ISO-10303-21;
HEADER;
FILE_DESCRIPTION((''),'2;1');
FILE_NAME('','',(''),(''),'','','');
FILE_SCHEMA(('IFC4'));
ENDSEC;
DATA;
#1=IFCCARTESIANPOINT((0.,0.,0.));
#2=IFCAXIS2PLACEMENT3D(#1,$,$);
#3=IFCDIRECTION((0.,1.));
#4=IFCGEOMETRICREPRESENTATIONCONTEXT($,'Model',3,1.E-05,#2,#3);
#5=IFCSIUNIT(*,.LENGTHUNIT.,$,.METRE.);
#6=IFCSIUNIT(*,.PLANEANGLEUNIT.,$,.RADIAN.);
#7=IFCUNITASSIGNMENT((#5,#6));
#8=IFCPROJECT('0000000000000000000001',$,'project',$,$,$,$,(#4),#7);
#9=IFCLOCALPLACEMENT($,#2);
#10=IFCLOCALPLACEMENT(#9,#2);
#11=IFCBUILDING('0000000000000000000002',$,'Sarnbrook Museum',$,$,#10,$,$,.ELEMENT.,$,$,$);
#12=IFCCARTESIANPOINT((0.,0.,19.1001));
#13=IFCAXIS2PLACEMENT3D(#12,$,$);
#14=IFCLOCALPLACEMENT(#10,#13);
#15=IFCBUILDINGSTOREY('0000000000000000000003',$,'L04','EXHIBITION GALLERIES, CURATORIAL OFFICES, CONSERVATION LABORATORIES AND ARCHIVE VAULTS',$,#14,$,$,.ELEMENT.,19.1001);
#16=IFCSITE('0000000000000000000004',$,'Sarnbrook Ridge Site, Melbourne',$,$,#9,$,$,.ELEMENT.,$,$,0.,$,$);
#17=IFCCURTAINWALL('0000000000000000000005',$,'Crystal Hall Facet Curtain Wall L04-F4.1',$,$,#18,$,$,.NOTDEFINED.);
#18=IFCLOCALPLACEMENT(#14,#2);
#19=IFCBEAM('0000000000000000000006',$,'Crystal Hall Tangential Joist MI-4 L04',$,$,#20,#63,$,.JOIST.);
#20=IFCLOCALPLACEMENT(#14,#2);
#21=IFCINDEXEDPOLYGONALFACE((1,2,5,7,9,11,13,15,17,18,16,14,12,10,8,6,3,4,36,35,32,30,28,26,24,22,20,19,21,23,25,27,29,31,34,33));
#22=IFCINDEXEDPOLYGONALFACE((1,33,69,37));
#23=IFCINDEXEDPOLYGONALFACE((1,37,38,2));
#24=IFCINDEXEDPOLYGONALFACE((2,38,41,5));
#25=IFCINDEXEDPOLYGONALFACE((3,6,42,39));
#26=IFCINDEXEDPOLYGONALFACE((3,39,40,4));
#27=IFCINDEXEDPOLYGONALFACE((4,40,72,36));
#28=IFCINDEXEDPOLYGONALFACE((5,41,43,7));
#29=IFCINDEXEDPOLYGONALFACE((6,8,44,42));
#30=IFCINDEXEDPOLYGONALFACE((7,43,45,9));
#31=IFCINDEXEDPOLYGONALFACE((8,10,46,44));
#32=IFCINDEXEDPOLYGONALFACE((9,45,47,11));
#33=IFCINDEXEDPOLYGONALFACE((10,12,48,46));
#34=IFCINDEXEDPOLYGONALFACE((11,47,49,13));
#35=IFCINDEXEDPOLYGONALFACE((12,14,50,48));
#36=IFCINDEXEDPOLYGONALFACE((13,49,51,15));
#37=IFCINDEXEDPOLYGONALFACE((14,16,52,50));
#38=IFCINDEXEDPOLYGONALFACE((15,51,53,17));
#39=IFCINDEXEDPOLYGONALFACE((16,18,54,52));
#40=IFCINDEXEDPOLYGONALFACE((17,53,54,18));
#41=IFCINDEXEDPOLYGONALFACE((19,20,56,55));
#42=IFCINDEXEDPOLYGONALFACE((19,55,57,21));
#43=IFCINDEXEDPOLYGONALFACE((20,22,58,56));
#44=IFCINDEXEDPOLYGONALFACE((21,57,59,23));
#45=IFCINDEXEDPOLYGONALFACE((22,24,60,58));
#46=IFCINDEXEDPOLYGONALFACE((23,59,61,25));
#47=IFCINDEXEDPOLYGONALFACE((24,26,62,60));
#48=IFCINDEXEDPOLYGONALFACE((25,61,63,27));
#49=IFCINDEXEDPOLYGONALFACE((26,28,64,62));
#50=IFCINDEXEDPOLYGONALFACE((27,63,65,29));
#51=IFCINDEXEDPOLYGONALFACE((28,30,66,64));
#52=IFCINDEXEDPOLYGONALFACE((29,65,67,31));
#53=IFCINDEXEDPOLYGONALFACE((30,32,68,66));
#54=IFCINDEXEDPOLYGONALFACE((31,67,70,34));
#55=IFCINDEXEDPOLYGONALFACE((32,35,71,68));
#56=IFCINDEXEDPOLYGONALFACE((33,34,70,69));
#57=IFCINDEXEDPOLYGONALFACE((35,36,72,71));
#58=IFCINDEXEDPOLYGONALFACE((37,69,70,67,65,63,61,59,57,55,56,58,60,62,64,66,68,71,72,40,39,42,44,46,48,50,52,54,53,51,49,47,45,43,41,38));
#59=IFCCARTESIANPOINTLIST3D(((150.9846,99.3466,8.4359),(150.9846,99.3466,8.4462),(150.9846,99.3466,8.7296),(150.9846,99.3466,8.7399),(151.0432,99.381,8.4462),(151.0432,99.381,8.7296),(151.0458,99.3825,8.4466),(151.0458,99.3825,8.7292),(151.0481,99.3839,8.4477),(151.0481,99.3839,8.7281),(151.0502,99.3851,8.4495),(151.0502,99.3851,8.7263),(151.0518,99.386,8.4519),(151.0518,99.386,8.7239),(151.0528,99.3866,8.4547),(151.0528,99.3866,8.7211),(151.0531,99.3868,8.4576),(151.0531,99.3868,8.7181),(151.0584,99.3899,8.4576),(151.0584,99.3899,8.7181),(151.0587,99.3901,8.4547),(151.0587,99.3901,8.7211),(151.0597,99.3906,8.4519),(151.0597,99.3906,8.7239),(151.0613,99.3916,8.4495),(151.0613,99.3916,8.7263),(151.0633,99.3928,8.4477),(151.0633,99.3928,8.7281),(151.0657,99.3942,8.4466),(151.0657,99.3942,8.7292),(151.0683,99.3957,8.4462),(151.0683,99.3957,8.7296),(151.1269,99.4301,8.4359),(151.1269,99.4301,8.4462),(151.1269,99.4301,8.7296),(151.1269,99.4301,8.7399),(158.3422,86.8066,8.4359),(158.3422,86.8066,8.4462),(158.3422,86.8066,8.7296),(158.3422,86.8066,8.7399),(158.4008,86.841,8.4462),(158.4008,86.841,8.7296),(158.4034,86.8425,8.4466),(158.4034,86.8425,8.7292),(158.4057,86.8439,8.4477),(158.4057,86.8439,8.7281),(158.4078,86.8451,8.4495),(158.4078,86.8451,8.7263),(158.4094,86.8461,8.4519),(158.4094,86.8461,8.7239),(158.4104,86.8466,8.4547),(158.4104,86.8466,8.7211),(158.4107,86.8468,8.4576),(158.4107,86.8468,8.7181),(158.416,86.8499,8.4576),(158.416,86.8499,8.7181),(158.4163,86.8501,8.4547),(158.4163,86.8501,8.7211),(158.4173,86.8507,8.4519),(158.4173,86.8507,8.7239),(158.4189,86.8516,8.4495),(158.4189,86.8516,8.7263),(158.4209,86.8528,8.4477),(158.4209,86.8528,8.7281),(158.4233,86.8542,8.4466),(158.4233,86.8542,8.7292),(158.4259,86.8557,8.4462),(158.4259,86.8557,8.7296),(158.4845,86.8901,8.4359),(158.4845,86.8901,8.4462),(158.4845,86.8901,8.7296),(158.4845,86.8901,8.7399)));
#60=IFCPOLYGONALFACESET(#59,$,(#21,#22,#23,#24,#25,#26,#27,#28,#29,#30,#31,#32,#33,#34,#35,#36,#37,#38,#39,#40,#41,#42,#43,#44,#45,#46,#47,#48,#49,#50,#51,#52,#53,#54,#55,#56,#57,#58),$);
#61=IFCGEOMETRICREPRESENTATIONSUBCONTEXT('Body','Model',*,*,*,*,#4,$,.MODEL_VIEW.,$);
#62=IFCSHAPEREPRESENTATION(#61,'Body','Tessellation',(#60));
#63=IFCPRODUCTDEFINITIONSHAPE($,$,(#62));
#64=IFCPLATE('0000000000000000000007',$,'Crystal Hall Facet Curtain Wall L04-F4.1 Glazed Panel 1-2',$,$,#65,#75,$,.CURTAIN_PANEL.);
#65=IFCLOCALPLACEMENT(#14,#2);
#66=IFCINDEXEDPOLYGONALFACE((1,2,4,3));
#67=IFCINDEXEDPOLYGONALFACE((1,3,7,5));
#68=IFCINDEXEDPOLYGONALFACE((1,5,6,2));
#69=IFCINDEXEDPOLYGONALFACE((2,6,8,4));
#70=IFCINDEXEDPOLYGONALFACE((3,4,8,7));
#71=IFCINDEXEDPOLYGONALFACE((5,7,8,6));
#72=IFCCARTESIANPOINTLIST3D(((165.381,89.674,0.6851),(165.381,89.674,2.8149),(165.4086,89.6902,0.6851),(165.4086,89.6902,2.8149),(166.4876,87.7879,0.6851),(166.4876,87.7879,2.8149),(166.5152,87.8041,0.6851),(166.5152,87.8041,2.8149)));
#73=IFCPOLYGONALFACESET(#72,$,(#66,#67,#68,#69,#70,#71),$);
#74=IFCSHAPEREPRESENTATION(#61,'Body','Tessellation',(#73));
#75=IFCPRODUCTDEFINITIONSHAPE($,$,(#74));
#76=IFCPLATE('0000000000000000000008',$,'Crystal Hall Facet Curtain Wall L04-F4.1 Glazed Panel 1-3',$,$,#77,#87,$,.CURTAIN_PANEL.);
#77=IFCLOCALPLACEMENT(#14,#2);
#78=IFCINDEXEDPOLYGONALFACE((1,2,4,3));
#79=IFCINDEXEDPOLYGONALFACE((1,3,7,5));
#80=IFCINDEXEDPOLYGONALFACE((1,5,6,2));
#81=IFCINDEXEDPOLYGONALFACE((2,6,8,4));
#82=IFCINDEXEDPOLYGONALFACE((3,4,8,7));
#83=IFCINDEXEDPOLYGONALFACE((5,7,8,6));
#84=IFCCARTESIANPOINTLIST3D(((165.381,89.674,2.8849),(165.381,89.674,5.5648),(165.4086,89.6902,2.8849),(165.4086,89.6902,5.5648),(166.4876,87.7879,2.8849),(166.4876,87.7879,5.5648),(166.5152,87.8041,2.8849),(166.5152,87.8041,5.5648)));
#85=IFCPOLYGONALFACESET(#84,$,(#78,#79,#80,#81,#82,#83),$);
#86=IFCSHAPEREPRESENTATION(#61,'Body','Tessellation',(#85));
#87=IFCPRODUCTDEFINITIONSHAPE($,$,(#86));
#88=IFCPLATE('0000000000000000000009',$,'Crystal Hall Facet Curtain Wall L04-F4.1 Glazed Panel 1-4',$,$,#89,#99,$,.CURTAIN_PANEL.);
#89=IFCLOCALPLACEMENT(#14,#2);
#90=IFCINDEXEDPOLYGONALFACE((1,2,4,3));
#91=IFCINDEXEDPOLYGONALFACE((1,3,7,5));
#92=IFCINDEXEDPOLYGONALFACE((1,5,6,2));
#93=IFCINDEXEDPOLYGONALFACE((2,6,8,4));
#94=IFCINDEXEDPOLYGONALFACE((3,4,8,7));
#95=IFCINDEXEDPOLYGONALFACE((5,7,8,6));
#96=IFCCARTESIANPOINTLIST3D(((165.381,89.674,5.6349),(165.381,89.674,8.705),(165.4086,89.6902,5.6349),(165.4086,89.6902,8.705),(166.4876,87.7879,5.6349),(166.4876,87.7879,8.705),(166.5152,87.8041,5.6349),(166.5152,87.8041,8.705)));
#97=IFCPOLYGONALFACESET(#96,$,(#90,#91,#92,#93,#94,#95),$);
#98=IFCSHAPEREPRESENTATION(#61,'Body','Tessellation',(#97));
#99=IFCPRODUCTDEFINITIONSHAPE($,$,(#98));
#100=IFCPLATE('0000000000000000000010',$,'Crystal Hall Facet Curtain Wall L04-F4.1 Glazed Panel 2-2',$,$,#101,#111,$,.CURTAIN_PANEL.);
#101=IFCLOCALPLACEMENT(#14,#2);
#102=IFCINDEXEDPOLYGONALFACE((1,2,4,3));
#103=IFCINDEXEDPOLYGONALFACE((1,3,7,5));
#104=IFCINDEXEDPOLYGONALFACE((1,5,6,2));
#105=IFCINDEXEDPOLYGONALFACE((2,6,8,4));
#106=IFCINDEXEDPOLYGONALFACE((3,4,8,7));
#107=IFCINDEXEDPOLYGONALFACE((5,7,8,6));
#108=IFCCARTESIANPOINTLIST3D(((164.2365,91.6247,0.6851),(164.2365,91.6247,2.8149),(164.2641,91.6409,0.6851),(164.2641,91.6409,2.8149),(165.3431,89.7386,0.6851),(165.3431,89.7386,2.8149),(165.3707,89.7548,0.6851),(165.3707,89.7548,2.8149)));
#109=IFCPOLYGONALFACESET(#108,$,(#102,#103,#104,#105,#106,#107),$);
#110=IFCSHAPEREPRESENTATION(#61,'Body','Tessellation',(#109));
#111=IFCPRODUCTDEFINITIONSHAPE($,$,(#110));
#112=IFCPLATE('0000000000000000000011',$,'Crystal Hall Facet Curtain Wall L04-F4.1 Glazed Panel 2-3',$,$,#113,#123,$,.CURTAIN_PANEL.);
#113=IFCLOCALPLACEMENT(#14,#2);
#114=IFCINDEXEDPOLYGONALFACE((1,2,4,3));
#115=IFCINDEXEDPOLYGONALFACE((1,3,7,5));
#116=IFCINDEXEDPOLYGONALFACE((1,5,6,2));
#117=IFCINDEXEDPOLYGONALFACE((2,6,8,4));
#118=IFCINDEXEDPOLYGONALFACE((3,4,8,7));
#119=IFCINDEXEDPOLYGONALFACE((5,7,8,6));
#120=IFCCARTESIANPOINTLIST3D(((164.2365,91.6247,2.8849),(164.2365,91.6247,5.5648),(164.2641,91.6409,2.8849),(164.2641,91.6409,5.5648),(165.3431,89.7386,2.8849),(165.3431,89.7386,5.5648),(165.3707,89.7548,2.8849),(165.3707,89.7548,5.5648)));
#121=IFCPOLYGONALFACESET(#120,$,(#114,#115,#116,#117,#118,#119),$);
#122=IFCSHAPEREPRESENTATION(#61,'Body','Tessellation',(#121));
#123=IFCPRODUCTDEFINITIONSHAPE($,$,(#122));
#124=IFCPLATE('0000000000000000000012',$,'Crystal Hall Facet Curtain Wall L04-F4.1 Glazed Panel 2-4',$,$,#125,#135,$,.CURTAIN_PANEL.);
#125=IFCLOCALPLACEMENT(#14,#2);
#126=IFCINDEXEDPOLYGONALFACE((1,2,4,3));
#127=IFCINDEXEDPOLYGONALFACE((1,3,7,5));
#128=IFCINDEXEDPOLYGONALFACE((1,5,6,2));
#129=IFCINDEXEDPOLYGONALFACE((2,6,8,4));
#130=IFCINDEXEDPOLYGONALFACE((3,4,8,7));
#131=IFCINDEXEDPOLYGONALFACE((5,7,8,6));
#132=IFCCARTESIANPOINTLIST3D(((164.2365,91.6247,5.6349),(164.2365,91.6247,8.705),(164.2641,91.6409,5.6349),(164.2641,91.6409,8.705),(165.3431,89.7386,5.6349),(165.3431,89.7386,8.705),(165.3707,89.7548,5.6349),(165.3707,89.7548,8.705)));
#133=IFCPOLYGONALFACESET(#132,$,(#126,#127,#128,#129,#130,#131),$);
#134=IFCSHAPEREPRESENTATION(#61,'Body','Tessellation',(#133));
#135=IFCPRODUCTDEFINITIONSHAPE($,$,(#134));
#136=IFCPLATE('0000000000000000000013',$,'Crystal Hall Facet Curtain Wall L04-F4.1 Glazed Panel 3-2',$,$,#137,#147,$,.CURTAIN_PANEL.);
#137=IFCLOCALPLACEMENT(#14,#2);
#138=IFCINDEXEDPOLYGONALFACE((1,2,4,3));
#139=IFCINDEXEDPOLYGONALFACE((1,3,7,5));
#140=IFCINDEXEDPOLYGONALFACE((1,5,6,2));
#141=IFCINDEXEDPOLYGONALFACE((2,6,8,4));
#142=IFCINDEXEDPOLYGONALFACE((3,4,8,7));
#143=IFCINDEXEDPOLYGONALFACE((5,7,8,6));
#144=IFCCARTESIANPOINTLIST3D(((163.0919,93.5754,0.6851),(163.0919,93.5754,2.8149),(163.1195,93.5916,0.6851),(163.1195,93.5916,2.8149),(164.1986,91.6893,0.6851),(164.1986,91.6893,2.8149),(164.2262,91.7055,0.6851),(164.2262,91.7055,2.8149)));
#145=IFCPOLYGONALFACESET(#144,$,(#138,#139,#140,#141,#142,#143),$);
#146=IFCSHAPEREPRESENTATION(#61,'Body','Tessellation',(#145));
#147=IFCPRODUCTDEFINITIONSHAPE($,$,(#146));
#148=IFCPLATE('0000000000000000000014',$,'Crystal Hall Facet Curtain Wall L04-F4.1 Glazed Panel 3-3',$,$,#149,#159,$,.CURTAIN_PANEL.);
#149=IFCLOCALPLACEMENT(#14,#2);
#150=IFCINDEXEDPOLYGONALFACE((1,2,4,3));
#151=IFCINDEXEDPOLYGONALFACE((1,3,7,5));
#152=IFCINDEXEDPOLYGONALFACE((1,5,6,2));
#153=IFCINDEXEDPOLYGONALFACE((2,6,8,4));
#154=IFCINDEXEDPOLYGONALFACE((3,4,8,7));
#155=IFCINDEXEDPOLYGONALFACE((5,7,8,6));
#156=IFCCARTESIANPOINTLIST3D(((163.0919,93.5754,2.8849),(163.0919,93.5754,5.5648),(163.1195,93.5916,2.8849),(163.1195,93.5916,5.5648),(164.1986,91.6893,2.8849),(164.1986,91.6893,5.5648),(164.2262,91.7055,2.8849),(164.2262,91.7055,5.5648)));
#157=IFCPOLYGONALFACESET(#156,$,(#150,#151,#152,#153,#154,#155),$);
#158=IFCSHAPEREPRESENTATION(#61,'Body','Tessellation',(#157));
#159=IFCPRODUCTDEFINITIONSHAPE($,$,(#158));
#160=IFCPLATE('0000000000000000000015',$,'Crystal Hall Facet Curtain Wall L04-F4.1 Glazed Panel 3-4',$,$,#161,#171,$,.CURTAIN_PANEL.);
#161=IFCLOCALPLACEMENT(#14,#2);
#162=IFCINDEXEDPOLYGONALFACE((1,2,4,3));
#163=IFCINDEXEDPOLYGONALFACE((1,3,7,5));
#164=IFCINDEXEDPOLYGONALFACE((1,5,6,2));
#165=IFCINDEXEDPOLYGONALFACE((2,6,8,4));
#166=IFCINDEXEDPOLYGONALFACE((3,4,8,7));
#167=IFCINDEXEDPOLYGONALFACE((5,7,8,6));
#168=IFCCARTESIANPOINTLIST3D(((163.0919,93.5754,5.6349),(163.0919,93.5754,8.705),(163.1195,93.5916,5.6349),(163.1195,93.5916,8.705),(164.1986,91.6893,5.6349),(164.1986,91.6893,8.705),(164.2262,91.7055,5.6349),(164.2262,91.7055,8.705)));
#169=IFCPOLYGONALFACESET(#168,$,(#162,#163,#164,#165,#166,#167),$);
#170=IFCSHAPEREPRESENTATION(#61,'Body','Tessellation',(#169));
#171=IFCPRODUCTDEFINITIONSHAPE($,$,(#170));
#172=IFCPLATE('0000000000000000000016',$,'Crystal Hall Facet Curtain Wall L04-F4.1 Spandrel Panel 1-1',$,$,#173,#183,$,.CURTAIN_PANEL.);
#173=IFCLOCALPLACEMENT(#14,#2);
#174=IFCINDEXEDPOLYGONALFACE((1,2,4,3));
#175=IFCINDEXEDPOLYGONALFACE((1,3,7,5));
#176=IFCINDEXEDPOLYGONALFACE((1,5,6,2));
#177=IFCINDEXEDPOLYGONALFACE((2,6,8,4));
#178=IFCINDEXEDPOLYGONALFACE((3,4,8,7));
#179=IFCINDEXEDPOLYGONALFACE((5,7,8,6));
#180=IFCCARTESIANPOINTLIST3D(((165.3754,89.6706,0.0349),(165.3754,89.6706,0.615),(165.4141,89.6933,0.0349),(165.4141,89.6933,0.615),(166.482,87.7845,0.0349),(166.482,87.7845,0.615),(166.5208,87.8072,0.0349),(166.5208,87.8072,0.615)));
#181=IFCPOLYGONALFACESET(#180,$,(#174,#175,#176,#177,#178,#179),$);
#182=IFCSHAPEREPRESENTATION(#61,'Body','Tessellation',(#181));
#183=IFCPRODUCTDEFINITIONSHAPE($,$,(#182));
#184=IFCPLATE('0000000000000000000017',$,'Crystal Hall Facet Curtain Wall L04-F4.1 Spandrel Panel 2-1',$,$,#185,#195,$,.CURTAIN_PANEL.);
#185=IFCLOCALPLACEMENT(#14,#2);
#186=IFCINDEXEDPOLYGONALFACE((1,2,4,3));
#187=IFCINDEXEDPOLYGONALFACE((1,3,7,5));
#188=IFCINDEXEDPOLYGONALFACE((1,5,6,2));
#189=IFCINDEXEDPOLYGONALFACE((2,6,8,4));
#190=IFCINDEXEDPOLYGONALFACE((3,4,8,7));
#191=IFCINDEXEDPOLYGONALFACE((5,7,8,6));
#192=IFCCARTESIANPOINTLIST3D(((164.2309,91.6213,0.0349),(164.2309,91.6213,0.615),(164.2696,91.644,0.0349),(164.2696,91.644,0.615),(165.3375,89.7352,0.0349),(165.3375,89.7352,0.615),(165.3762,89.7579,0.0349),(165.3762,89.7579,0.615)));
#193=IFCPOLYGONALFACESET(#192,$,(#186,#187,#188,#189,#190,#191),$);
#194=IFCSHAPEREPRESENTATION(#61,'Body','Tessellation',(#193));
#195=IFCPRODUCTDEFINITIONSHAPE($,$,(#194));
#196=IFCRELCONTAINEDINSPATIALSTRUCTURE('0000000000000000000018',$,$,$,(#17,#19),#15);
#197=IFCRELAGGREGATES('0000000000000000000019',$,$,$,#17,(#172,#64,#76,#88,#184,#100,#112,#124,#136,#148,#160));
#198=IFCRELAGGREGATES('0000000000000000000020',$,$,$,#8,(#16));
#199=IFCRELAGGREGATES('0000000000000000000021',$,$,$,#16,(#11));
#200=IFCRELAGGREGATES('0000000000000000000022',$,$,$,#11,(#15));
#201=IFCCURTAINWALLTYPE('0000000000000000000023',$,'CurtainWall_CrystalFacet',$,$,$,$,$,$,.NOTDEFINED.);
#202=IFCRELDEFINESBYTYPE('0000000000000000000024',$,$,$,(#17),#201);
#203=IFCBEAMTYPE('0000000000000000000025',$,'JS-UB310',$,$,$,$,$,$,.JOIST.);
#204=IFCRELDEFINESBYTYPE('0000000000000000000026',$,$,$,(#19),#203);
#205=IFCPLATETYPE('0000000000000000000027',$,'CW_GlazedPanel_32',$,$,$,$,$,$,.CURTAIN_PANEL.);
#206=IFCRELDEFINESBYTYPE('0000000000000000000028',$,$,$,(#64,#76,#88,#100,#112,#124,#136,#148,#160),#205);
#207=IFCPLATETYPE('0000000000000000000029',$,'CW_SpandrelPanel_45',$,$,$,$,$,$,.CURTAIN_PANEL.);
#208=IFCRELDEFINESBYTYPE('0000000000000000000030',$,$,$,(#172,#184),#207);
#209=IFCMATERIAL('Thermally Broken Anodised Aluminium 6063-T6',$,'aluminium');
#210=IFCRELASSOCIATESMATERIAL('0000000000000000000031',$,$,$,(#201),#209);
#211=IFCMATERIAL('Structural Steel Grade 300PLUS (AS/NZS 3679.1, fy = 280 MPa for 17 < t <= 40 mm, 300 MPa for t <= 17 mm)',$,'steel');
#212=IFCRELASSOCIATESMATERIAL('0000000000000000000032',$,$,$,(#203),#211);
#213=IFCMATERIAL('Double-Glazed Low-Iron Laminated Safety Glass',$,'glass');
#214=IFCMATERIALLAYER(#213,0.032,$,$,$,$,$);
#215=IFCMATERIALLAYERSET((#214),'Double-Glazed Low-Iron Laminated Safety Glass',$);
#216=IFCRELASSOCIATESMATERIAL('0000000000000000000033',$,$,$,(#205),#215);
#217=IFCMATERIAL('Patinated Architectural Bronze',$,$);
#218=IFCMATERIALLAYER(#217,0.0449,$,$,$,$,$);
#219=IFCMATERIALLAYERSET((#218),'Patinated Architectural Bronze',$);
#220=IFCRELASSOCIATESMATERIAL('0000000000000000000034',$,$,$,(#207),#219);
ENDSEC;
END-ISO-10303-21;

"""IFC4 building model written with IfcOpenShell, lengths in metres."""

from ifc_helpers import new_model, si_unit, direction, frame, origin, origin_2d, place, context, subcontext, project, spatial, rectangle, i_section, extrude, material, layer, layer_set, material_profile, profile_set, type_object, element, aggregate, save


model = new_model("IFC4")

# Units and contexts
model_context = context("Model", 3, precision=1e-05, world=origin(), true_north=direction((0.0, 1.0)))
body_context = subcontext(model_context, "Body", "Model", "MODEL_VIEW")
ifc_project = project(units=[si_unit("LENGTHUNIT", "METRE"), si_unit("PLANEANGLEUNIT", "RADIAN")], contexts=[model_context])

# Site, building, storey
site_placement = place(None, origin())
site = spatial("IfcSite", under=ifc_project, at=site_placement, Name="Sarnbrook Ridge Site, Melbourne", CompositionType="ELEMENT", RefElevation=0.0)
building_placement = place(site_placement, origin())
building = spatial("IfcBuilding", under=site, at=building_placement, Name="Sarnbrook Museum", CompositionType="ELEMENT")
storey_placement = place(building_placement, frame((0.0, 0.0, 19.1001)))
storey = spatial("IfcBuildingStorey", under=building, at=storey_placement, Name="L04", Description="EXHIBITION GALLERIES, CURATORIAL OFFICES, CONSERVATION LABORATORIES AND ARCHIVE VAULTS", CompositionType="ELEMENT", Elevation=19.1001)

# Shared definitions
ifc_material_1 = material(Name="Thermally Broken Anodised Aluminium 6063-T6", Category="aluminium")
curtain_wall_type = type_object("IfcCurtainWallType", Name="CurtainWall_CrystalFacet", PredefinedType="NOTDEFINED", material=ifc_material_1)

# Curtain wall
curtain_wall_1_placement = place(storey_placement, origin())
curtain_wall_1 = element("IfcCurtainWall", 1, at=curtain_wall_1_placement, inside=storey, type_object=curtain_wall_type, Name="Crystal Hall Facet Curtain Wall L04-F4.1", PredefinedType="NOTDEFINED")

# Beam
ifc_material_2 = material(Name="Structural Steel Grade 300PLUS (AS/NZS 3679.1, fy = 280 MPa for 17 < t <= 40 mm, 300 MPa for t <= 17 mm)", Category="steel")
ifc_material_profile_1 = material_profile(ifc_material_2, i_section(OverallWidth=0.165, OverallDepth=0.304, WebThickness=0.0061, FlangeThickness=0.0103, FilletRadius=0.0115, at=origin_2d()), Name="310UB40.4")
ifc_profile_set_1 = profile_set([ifc_material_profile_1], Name="Structural Steel Grade 300PLUS (AS/NZS 3679.1, fy = 280 MPa for 17 < t <= 40 mm, 300 MPa for t <= 17 mm)")
beam_type_1 = type_object("IfcBeamType", Name="JS-UB310", PredefinedType="JOIST", material=ifc_profile_set_1)
beam_1_placement = place(storey_placement, frame((158.4133, 86.8484, 8.5879), z_axis=(-0.506058, 0.8625, 0.0), x_axis=(-0.8625, -0.506058, 0.0)))
element("IfcBeam", 2, at=beam_1_placement, inside=storey, type_object=beam_type_1, Name="Crystal Hall Tangential Joist MI-4 L04", PredefinedType="JOIST", context=body_context, shape_type="SweptSolid", body=[
    extrude(i_section(OverallWidth=0.165, OverallDepth=0.304, WebThickness=0.0061, FlangeThickness=0.0103, FilletRadius=0.0115, at=origin_2d()), origin(), (0.0, 0.0, 1.0), 14.5391),
])

# Plates
ifc_material_3 = material(Name="Double-Glazed Low-Iron Laminated Safety Glass", Category="glass")
ifc_layer_1 = layer(ifc_material_3, 0.032)
ifc_layer_set_1 = layer_set([ifc_layer_1], Name="Double-Glazed Low-Iron Laminated Safety Glass")
plate_type_1 = type_object("IfcPlateType", Name="CW_GlazedPanel_32", PredefinedType="CURTAIN_PANEL", material=ifc_layer_set_1)
plate_1_placement = place(storey_placement, frame((165.9343, 88.731, 1.75), z_axis=(0.862499, 0.506058, 0.0), x_axis=(-0.506058, 0.862499, 0.0)))
plate_1 = element("IfcPlate", 3, at=plate_1_placement, type_object=plate_type_1, Name="Crystal Hall Facet Curtain Wall L04-F4.1 Glazed Panel 1-2", PredefinedType="CURTAIN_PANEL", context=body_context, shape_type="SweptSolid", body=[
    extrude(rectangle(XDim=2.1868, YDim=2.1299, at=origin_2d()), origin(), (0.0, 0.0, 1.0), 0.032),
])
plate_2_placement = place(storey_placement, frame((165.9343, 88.731, 4.2249), z_axis=(0.862499, 0.506058, 0.0), x_axis=(-0.506058, 0.862499, 0.0)))
plate_2 = element("IfcPlate", 4, at=plate_2_placement, type_object=plate_type_1, Name="Crystal Hall Facet Curtain Wall L04-F4.1 Glazed Panel 1-3", PredefinedType="CURTAIN_PANEL", context=body_context, shape_type="SweptSolid", body=[
    extrude(rectangle(XDim=2.1868, YDim=2.6799, at=origin_2d()), origin(), (0.0, 0.0, 1.0), 0.032),
])
plate_3_placement = place(storey_placement, frame((165.9343, 88.731, 7.1699), z_axis=(0.862499, 0.506058, 0.0), x_axis=(-0.506058, 0.862499, 0.0)))
plate_3 = element("IfcPlate", 5, at=plate_3_placement, type_object=plate_type_1, Name="Crystal Hall Facet Curtain Wall L04-F4.1 Glazed Panel 1-4", PredefinedType="CURTAIN_PANEL", context=body_context, shape_type="SweptSolid", body=[
    extrude(rectangle(XDim=2.1868, YDim=3.0701, at=origin_2d()), origin(), (0.0, 0.0, 1.0), 0.032),
])
plate_4_placement = place(storey_placement, frame((164.7898, 90.6816, 1.75), z_axis=(0.862499, 0.506058, 0.0), x_axis=(-0.506058, 0.862499, 0.0)))
plate_4 = element("IfcPlate", 6, at=plate_4_placement, type_object=plate_type_1, Name="Crystal Hall Facet Curtain Wall L04-F4.1 Glazed Panel 2-2", PredefinedType="CURTAIN_PANEL", context=body_context, shape_type="SweptSolid", body=[
    extrude(rectangle(XDim=2.1868, YDim=2.1299, at=origin_2d()), origin(), (0.0, 0.0, 1.0), 0.032),
])
plate_5_placement = place(storey_placement, frame((164.7898, 90.6816, 4.2249), z_axis=(0.862499, 0.506058, 0.0), x_axis=(-0.506058, 0.862499, 0.0)))
plate_5 = element("IfcPlate", 7, at=plate_5_placement, type_object=plate_type_1, Name="Crystal Hall Facet Curtain Wall L04-F4.1 Glazed Panel 2-3", PredefinedType="CURTAIN_PANEL", context=body_context, shape_type="SweptSolid", body=[
    extrude(rectangle(XDim=2.1868, YDim=2.6799, at=origin_2d()), origin(), (0.0, 0.0, 1.0), 0.032),
])
plate_6_placement = place(storey_placement, frame((164.7898, 90.6816, 7.1699), z_axis=(0.862499, 0.506058, 0.0), x_axis=(-0.506058, 0.862499, 0.0)))
plate_6 = element("IfcPlate", 8, at=plate_6_placement, type_object=plate_type_1, Name="Crystal Hall Facet Curtain Wall L04-F4.1 Glazed Panel 2-4", PredefinedType="CURTAIN_PANEL", context=body_context, shape_type="SweptSolid", body=[
    extrude(rectangle(XDim=2.1868, YDim=3.0701, at=origin_2d()), origin(), (0.0, 0.0, 1.0), 0.032),
])
plate_7_placement = place(storey_placement, frame((163.6453, 92.6323, 1.75), z_axis=(0.862499, 0.506058, 0.0), x_axis=(-0.506058, 0.862499, 0.0)))
plate_7 = element("IfcPlate", 9, at=plate_7_placement, type_object=plate_type_1, Name="Crystal Hall Facet Curtain Wall L04-F4.1 Glazed Panel 3-2", PredefinedType="CURTAIN_PANEL", context=body_context, shape_type="SweptSolid", body=[
    extrude(rectangle(XDim=2.1868, YDim=2.1299, at=origin_2d()), origin(), (0.0, 0.0, 1.0), 0.032),
])
plate_8_placement = place(storey_placement, frame((163.6453, 92.6323, 4.2249), z_axis=(0.862499, 0.506058, 0.0), x_axis=(-0.506058, 0.862499, 0.0)))
plate_8 = element("IfcPlate", 10, at=plate_8_placement, type_object=plate_type_1, Name="Crystal Hall Facet Curtain Wall L04-F4.1 Glazed Panel 3-3", PredefinedType="CURTAIN_PANEL", context=body_context, shape_type="SweptSolid", body=[
    extrude(rectangle(XDim=2.1868, YDim=2.6799, at=origin_2d()), origin(), (0.0, 0.0, 1.0), 0.032),
])
plate_9_placement = place(storey_placement, frame((163.6453, 92.6323, 7.1699), z_axis=(0.862499, 0.506058, 0.0), x_axis=(-0.506058, 0.862499, 0.0)))
plate_9 = element("IfcPlate", 11, at=plate_9_placement, type_object=plate_type_1, Name="Crystal Hall Facet Curtain Wall L04-F4.1 Glazed Panel 3-4", PredefinedType="CURTAIN_PANEL", context=body_context, shape_type="SweptSolid", body=[
    extrude(rectangle(XDim=2.1868, YDim=3.0701, at=origin_2d()), origin(), (0.0, 0.0, 1.0), 0.032),
])
ifc_material_4 = material(Name="Patinated Architectural Bronze")
ifc_layer_2 = layer(ifc_material_4, 0.0449)
ifc_layer_set_2 = layer_set([ifc_layer_2], Name="Patinated Architectural Bronze")
plate_type_2 = type_object("IfcPlateType", Name="CW_SpandrelPanel_45", PredefinedType="CURTAIN_PANEL", material=ifc_layer_set_2)
plate_10_placement = place(storey_placement, frame((165.9287, 88.7275, 0.325), z_axis=(0.862499, 0.506058, 0.0), x_axis=(-0.506058, 0.862499, 0.0)))
plate_10 = element("IfcPlate", 12, at=plate_10_placement, type_object=plate_type_2, Name="Crystal Hall Facet Curtain Wall L04-F4.1 Spandrel Panel 1-1", PredefinedType="CURTAIN_PANEL", context=body_context, shape_type="SweptSolid", body=[
    extrude(rectangle(XDim=2.1868, YDim=0.5801, at=origin_2d()), origin(), (0.0, 0.0, 1.0), 0.0449),
])
plate_11_placement = place(storey_placement, frame((164.7842, 90.6782, 0.325), z_axis=(0.862499, 0.506058, 0.0), x_axis=(-0.506058, 0.862499, 0.0)))
plate_11 = element("IfcPlate", 13, at=plate_11_placement, type_object=plate_type_2, Name="Crystal Hall Facet Curtain Wall L04-F4.1 Spandrel Panel 2-1", PredefinedType="CURTAIN_PANEL", context=body_context, shape_type="SweptSolid", body=[
    extrude(rectangle(XDim=2.1868, YDim=0.5801, at=origin_2d()), origin(), (0.0, 0.0, 1.0), 0.0449),
])
aggregate(curtain_wall_1, [plate_10, plate_1, plate_2, plate_3, plate_11, plate_4, plate_5, plate_6, plate_7, plate_8, plate_9])

save(model, "model.ifc")
